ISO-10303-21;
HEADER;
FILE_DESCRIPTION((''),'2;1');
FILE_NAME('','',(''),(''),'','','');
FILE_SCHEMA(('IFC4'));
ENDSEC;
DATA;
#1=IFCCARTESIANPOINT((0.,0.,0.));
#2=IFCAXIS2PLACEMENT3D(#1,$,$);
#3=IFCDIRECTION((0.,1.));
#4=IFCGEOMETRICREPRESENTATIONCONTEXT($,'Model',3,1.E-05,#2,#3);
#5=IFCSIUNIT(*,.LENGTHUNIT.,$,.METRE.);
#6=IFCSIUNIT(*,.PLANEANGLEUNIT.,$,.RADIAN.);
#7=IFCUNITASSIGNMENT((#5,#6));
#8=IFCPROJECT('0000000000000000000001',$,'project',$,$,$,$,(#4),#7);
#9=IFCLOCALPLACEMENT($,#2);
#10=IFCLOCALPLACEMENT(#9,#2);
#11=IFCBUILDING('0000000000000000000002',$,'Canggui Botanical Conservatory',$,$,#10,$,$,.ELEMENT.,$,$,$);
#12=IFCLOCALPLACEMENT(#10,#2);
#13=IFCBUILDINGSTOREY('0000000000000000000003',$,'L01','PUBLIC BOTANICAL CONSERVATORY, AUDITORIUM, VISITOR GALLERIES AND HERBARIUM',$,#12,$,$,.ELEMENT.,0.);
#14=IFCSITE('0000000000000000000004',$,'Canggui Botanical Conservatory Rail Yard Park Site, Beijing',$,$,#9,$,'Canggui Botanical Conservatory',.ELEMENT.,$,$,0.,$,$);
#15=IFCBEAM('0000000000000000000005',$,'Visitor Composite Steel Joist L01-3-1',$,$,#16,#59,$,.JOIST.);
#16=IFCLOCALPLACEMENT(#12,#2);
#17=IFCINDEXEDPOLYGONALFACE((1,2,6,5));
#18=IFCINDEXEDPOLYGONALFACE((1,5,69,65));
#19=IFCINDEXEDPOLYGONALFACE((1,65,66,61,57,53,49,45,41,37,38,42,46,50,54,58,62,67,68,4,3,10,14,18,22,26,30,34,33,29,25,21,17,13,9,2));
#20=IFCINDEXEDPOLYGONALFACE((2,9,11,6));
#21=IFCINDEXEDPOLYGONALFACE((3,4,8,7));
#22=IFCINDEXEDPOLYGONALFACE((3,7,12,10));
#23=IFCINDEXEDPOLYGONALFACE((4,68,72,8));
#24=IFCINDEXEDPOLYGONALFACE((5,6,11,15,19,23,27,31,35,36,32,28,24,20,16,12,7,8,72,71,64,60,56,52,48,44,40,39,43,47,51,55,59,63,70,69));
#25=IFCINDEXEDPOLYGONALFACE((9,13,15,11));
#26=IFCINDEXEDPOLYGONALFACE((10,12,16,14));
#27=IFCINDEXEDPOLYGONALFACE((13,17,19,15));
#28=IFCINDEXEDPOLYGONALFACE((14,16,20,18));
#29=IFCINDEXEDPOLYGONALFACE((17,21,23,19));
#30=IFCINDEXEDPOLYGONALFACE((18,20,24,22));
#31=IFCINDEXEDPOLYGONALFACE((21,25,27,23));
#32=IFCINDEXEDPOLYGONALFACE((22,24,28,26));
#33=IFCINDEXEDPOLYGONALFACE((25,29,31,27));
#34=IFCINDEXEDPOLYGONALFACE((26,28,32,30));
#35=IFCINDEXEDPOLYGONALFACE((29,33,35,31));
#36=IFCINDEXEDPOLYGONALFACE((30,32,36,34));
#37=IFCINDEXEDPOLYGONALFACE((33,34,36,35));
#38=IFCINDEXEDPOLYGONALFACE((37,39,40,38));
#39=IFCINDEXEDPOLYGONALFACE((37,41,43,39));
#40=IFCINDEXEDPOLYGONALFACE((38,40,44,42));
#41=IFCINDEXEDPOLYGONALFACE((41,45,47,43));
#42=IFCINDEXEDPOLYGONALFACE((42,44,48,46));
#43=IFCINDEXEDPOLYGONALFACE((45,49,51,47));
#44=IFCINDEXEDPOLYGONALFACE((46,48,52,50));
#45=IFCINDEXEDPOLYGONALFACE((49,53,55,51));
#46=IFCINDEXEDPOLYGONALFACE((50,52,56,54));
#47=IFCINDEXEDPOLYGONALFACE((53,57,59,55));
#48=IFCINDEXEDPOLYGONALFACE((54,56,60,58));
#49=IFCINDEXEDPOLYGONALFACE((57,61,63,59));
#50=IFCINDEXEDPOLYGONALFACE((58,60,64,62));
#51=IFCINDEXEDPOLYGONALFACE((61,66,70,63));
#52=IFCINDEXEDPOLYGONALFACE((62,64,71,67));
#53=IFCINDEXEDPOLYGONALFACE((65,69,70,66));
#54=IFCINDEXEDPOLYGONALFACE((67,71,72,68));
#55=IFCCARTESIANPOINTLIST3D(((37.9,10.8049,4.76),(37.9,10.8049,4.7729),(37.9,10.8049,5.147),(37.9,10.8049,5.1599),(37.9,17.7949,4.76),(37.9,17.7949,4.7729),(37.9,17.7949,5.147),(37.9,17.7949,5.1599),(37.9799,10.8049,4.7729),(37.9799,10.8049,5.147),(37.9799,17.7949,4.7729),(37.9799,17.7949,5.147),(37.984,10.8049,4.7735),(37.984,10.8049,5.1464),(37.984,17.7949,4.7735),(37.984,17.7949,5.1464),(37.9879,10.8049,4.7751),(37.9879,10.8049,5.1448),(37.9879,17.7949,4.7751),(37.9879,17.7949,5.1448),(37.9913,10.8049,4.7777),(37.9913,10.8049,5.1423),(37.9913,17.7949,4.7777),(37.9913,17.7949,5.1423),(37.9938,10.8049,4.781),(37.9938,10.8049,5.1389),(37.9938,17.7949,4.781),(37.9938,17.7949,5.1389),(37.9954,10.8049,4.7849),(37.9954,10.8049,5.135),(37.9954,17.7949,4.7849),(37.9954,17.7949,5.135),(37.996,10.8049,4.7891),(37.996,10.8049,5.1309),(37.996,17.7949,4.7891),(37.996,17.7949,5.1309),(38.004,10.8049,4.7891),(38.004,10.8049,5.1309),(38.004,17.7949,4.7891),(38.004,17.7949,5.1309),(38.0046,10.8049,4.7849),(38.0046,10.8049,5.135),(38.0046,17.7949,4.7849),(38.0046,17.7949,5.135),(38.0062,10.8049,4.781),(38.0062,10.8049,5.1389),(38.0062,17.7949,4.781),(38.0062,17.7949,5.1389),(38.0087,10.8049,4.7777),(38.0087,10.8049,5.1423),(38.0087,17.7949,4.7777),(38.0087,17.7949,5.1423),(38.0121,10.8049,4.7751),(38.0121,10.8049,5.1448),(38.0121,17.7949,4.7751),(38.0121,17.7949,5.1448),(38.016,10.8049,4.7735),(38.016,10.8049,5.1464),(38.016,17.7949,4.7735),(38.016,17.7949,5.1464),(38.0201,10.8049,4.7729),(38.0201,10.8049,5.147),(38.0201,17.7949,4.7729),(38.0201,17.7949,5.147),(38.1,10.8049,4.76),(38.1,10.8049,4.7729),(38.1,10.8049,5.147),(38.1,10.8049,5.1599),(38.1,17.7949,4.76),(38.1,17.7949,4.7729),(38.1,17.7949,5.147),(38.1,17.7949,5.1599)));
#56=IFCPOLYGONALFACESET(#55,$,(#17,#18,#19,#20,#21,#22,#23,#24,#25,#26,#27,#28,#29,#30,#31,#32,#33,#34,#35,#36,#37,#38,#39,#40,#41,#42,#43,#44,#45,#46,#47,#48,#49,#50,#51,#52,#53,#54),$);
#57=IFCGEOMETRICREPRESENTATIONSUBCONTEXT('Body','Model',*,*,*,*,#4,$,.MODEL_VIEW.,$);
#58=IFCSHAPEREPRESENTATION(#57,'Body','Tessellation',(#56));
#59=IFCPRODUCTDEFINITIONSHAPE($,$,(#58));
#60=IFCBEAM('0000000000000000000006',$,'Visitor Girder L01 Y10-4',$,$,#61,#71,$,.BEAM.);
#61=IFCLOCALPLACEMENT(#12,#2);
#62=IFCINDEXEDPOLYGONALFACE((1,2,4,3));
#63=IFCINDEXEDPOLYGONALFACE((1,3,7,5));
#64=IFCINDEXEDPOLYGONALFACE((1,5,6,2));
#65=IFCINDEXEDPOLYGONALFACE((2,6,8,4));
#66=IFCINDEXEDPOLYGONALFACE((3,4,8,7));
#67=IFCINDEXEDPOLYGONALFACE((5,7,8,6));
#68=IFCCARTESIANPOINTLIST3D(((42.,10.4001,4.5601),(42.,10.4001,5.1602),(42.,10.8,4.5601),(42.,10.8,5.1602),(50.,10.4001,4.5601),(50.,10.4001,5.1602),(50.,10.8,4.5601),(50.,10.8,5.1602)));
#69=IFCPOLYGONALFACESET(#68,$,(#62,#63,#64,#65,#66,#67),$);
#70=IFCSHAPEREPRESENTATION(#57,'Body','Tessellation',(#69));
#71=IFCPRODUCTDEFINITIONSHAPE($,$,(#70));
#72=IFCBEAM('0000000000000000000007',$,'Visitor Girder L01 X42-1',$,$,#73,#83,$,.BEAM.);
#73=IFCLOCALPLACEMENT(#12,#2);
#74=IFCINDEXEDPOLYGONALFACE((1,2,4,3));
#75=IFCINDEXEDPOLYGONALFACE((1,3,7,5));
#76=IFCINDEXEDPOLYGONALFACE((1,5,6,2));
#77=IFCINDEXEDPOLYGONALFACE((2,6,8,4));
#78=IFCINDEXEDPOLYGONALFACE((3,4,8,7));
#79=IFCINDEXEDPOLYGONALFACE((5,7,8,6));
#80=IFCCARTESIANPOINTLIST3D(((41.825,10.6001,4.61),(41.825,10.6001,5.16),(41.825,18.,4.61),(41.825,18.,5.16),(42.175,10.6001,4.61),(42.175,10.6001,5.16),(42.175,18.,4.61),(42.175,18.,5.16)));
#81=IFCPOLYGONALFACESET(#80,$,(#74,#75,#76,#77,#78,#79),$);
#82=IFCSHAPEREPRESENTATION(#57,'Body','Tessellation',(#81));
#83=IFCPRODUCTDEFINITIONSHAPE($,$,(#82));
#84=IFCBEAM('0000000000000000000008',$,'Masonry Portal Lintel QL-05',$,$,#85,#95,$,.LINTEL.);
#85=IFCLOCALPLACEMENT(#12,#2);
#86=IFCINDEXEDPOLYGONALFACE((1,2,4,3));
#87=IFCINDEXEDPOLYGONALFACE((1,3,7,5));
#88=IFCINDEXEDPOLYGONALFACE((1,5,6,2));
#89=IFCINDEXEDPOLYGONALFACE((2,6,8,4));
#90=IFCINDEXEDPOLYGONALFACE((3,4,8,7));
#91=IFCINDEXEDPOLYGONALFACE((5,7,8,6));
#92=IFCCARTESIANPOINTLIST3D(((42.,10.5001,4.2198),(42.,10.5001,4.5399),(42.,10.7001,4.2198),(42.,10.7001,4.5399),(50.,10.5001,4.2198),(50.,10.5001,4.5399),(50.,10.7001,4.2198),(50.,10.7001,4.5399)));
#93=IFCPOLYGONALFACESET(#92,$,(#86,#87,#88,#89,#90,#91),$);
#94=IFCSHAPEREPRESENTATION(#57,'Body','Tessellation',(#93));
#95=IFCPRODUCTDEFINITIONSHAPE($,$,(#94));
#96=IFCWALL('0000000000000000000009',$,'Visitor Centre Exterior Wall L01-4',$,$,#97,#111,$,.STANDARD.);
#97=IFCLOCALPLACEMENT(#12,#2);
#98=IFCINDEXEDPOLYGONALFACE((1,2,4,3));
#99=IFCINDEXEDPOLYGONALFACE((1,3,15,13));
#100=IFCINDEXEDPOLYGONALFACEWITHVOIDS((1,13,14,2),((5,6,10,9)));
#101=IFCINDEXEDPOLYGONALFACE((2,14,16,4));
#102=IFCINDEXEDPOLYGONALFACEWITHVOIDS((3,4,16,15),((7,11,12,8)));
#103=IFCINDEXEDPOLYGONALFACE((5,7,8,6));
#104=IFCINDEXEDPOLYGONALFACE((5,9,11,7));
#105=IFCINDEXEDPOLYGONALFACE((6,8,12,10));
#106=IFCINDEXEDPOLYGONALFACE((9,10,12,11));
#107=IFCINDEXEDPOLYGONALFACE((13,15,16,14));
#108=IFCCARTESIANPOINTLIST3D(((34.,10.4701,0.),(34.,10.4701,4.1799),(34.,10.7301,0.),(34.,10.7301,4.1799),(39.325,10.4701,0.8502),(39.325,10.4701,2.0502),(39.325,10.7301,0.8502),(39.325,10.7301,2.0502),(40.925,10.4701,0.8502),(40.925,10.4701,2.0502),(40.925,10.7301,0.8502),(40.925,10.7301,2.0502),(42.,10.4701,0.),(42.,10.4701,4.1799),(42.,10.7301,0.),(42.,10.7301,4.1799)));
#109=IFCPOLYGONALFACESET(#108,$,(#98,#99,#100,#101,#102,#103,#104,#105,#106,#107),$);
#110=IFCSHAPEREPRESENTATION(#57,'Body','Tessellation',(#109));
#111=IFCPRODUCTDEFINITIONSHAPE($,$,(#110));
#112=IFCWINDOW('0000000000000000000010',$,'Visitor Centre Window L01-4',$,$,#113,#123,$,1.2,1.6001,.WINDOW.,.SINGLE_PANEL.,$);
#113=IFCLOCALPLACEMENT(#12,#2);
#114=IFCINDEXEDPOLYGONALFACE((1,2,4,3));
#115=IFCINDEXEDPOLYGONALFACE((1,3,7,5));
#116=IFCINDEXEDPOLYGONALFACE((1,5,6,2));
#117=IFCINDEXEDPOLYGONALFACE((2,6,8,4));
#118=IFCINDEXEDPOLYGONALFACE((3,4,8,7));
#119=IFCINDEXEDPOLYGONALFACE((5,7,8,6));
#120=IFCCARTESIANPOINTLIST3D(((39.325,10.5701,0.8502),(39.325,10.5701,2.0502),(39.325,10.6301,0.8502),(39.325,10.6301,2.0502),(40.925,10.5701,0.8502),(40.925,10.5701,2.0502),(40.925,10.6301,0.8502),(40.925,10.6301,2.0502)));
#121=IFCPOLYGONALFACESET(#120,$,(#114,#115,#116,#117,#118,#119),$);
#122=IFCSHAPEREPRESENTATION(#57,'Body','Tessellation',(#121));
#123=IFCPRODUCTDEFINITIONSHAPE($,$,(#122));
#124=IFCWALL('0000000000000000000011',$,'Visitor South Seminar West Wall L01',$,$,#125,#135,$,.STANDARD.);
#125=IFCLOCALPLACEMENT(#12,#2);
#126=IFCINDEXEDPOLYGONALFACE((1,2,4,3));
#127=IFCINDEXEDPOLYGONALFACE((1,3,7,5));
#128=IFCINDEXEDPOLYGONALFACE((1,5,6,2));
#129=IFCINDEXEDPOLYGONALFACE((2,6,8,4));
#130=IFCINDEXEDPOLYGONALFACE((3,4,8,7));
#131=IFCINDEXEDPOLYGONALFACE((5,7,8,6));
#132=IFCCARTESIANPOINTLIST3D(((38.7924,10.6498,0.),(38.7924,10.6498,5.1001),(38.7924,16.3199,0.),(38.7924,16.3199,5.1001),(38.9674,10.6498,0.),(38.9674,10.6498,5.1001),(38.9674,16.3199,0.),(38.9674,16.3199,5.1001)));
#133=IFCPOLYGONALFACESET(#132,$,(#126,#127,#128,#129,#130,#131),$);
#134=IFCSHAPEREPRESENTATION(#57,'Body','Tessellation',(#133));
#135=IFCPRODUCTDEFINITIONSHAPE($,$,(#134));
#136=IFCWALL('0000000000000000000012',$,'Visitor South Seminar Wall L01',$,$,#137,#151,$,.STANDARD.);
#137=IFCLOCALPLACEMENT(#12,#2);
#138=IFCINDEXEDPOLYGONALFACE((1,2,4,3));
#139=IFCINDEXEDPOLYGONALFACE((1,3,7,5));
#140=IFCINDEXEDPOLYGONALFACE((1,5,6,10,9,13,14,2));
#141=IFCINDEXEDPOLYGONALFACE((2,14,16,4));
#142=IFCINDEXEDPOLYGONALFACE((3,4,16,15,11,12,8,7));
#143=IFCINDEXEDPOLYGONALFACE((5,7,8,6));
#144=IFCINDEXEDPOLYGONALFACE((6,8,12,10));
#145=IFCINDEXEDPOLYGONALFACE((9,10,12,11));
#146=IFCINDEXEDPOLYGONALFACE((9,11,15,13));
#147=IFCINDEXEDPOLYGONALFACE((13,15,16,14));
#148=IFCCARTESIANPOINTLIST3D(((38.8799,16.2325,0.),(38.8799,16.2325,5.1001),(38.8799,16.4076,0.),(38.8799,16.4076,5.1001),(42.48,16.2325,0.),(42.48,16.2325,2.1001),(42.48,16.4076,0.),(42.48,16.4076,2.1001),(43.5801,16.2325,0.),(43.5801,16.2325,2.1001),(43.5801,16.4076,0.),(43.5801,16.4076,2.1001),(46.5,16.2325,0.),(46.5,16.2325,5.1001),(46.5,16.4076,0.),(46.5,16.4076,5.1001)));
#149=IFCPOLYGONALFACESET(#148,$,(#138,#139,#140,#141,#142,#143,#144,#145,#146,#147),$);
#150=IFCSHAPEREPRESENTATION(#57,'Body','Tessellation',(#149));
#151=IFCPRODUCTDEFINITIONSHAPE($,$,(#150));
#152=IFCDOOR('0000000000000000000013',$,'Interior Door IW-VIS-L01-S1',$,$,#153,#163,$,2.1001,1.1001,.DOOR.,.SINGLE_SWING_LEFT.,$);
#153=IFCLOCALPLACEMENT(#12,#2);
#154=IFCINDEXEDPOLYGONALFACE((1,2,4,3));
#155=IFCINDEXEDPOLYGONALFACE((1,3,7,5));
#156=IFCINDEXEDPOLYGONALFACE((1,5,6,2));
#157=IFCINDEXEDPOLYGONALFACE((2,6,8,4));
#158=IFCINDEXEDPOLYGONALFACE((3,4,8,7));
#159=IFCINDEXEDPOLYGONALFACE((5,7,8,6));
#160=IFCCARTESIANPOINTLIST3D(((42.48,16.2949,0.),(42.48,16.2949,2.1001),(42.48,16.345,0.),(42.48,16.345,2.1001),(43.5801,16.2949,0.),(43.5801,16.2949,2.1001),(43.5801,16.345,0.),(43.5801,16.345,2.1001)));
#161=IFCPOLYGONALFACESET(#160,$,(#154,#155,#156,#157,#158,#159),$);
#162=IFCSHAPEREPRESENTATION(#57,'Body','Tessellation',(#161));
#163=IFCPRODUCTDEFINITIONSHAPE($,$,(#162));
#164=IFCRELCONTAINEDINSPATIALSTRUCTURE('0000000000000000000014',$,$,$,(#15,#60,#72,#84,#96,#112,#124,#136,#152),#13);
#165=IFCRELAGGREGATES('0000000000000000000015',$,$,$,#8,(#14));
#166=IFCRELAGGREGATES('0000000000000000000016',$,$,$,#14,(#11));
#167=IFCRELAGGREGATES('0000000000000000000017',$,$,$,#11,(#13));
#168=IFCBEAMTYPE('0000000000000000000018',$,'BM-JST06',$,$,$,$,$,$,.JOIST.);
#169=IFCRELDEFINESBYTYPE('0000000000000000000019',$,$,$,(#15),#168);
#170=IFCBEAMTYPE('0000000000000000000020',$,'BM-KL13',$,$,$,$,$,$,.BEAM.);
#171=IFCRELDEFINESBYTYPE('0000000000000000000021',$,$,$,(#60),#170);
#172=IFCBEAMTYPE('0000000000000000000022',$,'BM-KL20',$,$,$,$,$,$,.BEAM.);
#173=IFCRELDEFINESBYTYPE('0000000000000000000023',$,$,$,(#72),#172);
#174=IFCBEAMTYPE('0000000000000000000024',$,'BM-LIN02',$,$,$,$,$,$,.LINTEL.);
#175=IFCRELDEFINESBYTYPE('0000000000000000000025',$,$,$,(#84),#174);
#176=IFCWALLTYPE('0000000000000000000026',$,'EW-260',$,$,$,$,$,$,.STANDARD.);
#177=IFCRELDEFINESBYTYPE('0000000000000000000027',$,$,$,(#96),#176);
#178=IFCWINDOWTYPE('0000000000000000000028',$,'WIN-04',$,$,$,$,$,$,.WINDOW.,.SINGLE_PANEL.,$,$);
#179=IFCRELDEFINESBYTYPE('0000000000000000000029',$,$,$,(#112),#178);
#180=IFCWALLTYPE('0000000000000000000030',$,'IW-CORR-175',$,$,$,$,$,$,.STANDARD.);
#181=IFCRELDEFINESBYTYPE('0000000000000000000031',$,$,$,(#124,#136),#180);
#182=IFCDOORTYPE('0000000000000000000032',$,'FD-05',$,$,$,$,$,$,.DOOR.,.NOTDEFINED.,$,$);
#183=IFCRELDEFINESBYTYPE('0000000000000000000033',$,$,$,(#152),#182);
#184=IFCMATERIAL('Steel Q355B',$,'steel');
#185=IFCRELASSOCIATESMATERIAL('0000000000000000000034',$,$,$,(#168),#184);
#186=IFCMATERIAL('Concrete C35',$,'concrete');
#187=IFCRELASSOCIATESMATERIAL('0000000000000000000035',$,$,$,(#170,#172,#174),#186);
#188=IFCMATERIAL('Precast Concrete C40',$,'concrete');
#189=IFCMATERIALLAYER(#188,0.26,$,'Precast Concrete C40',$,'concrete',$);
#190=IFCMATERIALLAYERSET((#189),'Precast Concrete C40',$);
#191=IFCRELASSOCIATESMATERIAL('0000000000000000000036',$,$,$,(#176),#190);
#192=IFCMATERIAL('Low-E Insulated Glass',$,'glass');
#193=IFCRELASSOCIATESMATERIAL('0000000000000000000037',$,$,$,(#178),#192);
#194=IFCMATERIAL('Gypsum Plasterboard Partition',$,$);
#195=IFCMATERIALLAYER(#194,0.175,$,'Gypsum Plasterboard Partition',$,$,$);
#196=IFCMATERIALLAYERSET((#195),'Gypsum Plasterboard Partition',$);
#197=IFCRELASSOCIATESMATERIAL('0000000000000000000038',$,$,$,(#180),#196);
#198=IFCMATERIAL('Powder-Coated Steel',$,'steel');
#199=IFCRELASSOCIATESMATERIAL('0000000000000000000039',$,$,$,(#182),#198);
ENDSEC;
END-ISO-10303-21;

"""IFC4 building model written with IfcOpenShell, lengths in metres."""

from ifc_helpers import new_model, si_unit, direction, frame, frame_2d, origin, origin_2d, place, context, subcontext, project, spatial, rectangle, i_section, extrude, material, layer, layer_set, material_profile, profile_set, type_object, element, fill, save


model = new_model("IFC4")

# Units and contexts
model_context = context("Model", 3, precision=1e-05, world=origin(), true_north=direction((0.0, 1.0)))
body_context = subcontext(model_context, "Body", "Model", "MODEL_VIEW")
ifc_project = project(units=[si_unit("LENGTHUNIT", "METRE"), si_unit("PLANEANGLEUNIT", "RADIAN")], contexts=[model_context])

# Site, building, storey
site_placement = place(None, origin())
site = spatial("IfcSite", under=ifc_project, at=site_placement, Name="Canggui Botanical Conservatory Rail Yard Park Site, Beijing", LongName="Canggui Botanical Conservatory", CompositionType="ELEMENT", RefElevation=0.0)
building_placement = place(site_placement, origin())
building = spatial("IfcBuilding", under=site, at=building_placement, Name="Canggui Botanical Conservatory", CompositionType="ELEMENT")
storey_placement = place(building_placement, origin())
storey = spatial("IfcBuildingStorey", under=building, at=storey_placement, Name="L01", Description="PUBLIC BOTANICAL CONSERVATORY, AUDITORIUM, VISITOR GALLERIES AND HERBARIUM", CompositionType="ELEMENT", Elevation=0.0)

# Shared definitions
ifc_material_1 = material(Name="Concrete C35", Category="concrete")

# Beams
ifc_material_2 = material(Name="Steel Q355B", Category="steel")
ifc_material_profile_1 = material_profile(ifc_material_2, i_section(OverallWidth=0.2, OverallDepth=0.3999, WebThickness=0.0081, FlangeThickness=0.0129, FilletRadius=0.0161, at=origin_2d()), Name="HN 400x200x8x13")
ifc_profile_set_1 = profile_set([ifc_material_profile_1], Name="Steel Q355B")
beam_type_1 = type_object("IfcBeamType", Name="BM-JST06", PredefinedType="JOIST", material=ifc_profile_set_1)
beam_1_placement = place(storey_placement, frame((38.0, 10.8049, 4.96), z_axis=(0.0, 1.0, 0.0), x_axis=(-1.0, 0.0, 0.0)))
element("IfcBeam", 1, at=beam_1_placement, inside=storey, type_object=beam_type_1, Name="Visitor Composite Steel Joist L01-3-1", PredefinedType="JOIST", context=body_context, shape_type="SweptSolid", body=[
    extrude(i_section(OverallWidth=0.2, OverallDepth=0.3999, WebThickness=0.0081, FlangeThickness=0.0129, FilletRadius=0.0161, at=origin_2d()), origin(), (0.0, 0.0, 1.0), 6.99),
])
ifc_material_profile_2 = material_profile(ifc_material_1, rectangle(XDim=0.3999, YDim=0.6001, at=origin_2d()), Name="RB 400x600")
ifc_profile_set_2 = profile_set([ifc_material_profile_2], Name="Concrete C35")
beam_type_2 = type_object("IfcBeamType", Name="BM-KL13", PredefinedType="BEAM", material=ifc_profile_set_2)
beam_2_placement = place(storey_placement, frame((42.0, 10.6001, 4.8601), z_axis=(1.0, 0.0, 0.0), x_axis=(0.0, 1.0, 0.0)))
element("IfcBeam", 2, at=beam_2_placement, inside=storey, type_object=beam_type_2, Name="Visitor Girder L01 Y10-4", PredefinedType="BEAM", context=body_context, shape_type="SweptSolid", body=[
    extrude(rectangle(XDim=0.3999, YDim=0.6001, at=origin_2d()), origin(), (0.0, 0.0, 1.0), 8.0),
])
ifc_material_profile_3 = material_profile(ifc_material_1, rectangle(XDim=0.3501, YDim=0.55, at=origin_2d()), Name="RB 350x550")
ifc_profile_set_3 = profile_set([ifc_material_profile_3], Name="Concrete C35")
beam_type_3 = type_object("IfcBeamType", Name="BM-KL20", PredefinedType="BEAM", material=ifc_profile_set_3)
beam_3_placement = place(storey_placement, frame((42.0, 10.6001, 4.885), z_axis=(0.0, 1.0, 0.0), x_axis=(-1.0, 0.0, 0.0)))
element("IfcBeam", 3, at=beam_3_placement, inside=storey, type_object=beam_type_3, Name="Visitor Girder L01 X42-1", PredefinedType="BEAM", context=body_context, shape_type="SweptSolid", body=[
    extrude(rectangle(XDim=0.3501, YDim=0.55, at=origin_2d()), origin(), (0.0, 0.0, 1.0), 7.3999),
])
ifc_material_profile_4 = material_profile(ifc_material_1, rectangle(XDim=0.2, YDim=0.3201, at=origin_2d()), Name="RB 200x320")
ifc_profile_set_4 = profile_set([ifc_material_profile_4], Name="Concrete C35")
beam_type_4 = type_object("IfcBeamType", Name="BM-LIN02", PredefinedType="LINTEL", material=ifc_profile_set_4)
beam_4_placement = place(storey_placement, frame((42.0, 10.6001, 4.3799), z_axis=(1.0, 0.0, 0.0), x_axis=(0.0, 1.0, 0.0)))
element("IfcBeam", 4, at=beam_4_placement, inside=storey, type_object=beam_type_4, Name="Masonry Portal Lintel QL-05", PredefinedType="LINTEL", context=body_context, shape_type="SweptSolid", body=[
    extrude(rectangle(XDim=0.2, YDim=0.3201, at=origin_2d()), origin(), (0.0, 0.0, 1.0), 8.0),
])

# Wall, opening, window
ifc_material_3 = material(Name="Precast Concrete C40", Category="concrete")
ifc_layer_1 = layer(ifc_material_3, 0.26, Name="Precast Concrete C40", Category="concrete")
ifc_layer_set_1 = layer_set([ifc_layer_1], Name="Precast Concrete C40")
wall_type_1 = type_object("IfcWallType", Name="EW-260", PredefinedType="STANDARD", material=ifc_layer_set_1)
wall_1_placement = place(storey_placement, frame((42.0, 10.6001, 0.0), z_axis=(0.0, 0.0, 1.0), x_axis=(-1.0, 0.0, 0.0)))
wall_1 = element("IfcWall", 5, at=wall_1_placement, inside=storey, type_object=wall_type_1, Name="Visitor Centre Exterior Wall L01-4", PredefinedType="STANDARD", context=body_context, shape_type="SweptSolid", body=[
    extrude(rectangle(XDim=8.0, YDim=0.26, at=frame_2d((4.0, 0.0))), origin(), (0.0, 0.0, 1.0), 4.1799),
])
opening_1_placement = place(wall_1_placement, frame((1.075, 0.0, 0.8501)))
opening_1 = element("IfcOpeningElement", 6, at=opening_1_placement, cuts=wall_1, PredefinedType="OPENING", context=body_context, shape_type="SweptSolid", body=[
    extrude(rectangle(XDim=1.6001, YDim=1.2, at=frame_2d((0.8, 0.6001))), frame((0.0, 0.1401, 0.0), z_axis=(0.0, -1.0, 0.0), x_axis=(1.0, 0.0, 0.0)), (0.0, 0.0, 1.0), 0.28),
])
ifc_material_4 = material(Name="Low-E Insulated Glass", Category="glass")
window_type = type_object("IfcWindowType", Name="WIN-04", PartitioningType="SINGLE_PANEL", PredefinedType="WINDOW", material=ifc_material_4)
window_placement = place(opening_1_placement, origin())
window = element("IfcWindow", 7, at=window_placement, inside=storey, type_object=window_type, Name="Visitor Centre Window L01-4", OverallHeight=1.2, OverallWidth=1.6001, PartitioningType="SINGLE_PANEL", PredefinedType="WINDOW", context=body_context, shape_type="SweptSolid", body=[
    extrude(rectangle(XDim=1.6001, YDim=1.2, at=frame_2d((0.8, 0.6001))), frame((0.0, 0.03, 0.0), z_axis=(0.0, -1.0, 0.0), x_axis=(1.0, 0.0, 0.0)), (0.0, 0.0, 1.0), 0.0601),
])
fill(opening_1, window)

# Wall
ifc_material_5 = material(Name="Gypsum Plasterboard Partition")
ifc_layer_2 = layer(ifc_material_5, 0.175, Name="Gypsum Plasterboard Partition")
ifc_layer_set_2 = layer_set([ifc_layer_2], Name="Gypsum Plasterboard Partition")
wall_type_2 = type_object("IfcWallType", Name="IW-CORR-175", PredefinedType="STANDARD", material=ifc_layer_set_2)
wall_2_placement = place(storey_placement, frame((38.8799, 10.6499, 0.0), z_axis=(0.0, 0.0, 1.0), x_axis=(0.0, 1.0, 0.0)))
element("IfcWall", 8, at=wall_2_placement, inside=storey, type_object=wall_type_2, Name="Visitor South Seminar West Wall L01", PredefinedType="STANDARD", context=body_context, shape_type="SweptSolid", body=[
    extrude(rectangle(XDim=5.6702, YDim=0.175, at=frame_2d((2.835, 0.0))), origin(), (0.0, 0.0, 1.0), 5.1001),
])

# Wall, opening, door
wall_3_placement = place(storey_placement, frame((38.8799, 16.3201, 0.0), z_axis=(0.0, 0.0, 1.0), x_axis=(1.0, 0.0, 0.0)))
wall_3 = element("IfcWall", 9, at=wall_3_placement, inside=storey, type_object=wall_type_2, Name="Visitor South Seminar Wall L01", PredefinedType="STANDARD", context=body_context, shape_type="SweptSolid", body=[
    extrude(rectangle(XDim=7.6201, YDim=0.175, at=frame_2d((3.8101, 0.0))), origin(), (0.0, 0.0, 1.0), 5.1001),
])
opening_2_placement = place(wall_3_placement, frame((3.6001, 0.0, 0.0)))
opening_2 = element("IfcOpeningElement", 10, at=opening_2_placement, cuts=wall_3, PredefinedType="OPENING", context=body_context, shape_type="SweptSolid", body=[
    extrude(rectangle(XDim=1.1001, YDim=2.1001, at=frame_2d((0.55, 1.05))), frame((0.0, 0.0977, 0.0), z_axis=(0.0, -1.0, 0.0), x_axis=(1.0, 0.0, 0.0)), (0.0, 0.0, 1.0), 0.1951),
])
ifc_material_6 = material(Name="Powder-Coated Steel", Category="steel")
door_type_1 = type_object("IfcDoorType", Name="FD-05", OperationType="NOTDEFINED", PredefinedType="DOOR", material=ifc_material_6)
door_1_placement = place(opening_2_placement, origin())
door_1 = element("IfcDoor", 11, at=door_1_placement, inside=storey, type_object=door_type_1, Name="Interior Door IW-VIS-L01-S1", OperationType="SINGLE_SWING_LEFT", OverallHeight=2.1001, OverallWidth=1.1001, PredefinedType="DOOR", context=body_context, shape_type="SweptSolid", body=[
    extrude(rectangle(XDim=1.1001, YDim=2.1001, at=frame_2d((0.55, 1.05))), frame((0.0, 0.0249, 0.0), z_axis=(0.0, -1.0, 0.0), x_axis=(1.0, 0.0, 0.0)), (0.0, 0.0, 1.0), 0.05),
])
fill(opening_2, door_1)

save(model, "model.ifc")
